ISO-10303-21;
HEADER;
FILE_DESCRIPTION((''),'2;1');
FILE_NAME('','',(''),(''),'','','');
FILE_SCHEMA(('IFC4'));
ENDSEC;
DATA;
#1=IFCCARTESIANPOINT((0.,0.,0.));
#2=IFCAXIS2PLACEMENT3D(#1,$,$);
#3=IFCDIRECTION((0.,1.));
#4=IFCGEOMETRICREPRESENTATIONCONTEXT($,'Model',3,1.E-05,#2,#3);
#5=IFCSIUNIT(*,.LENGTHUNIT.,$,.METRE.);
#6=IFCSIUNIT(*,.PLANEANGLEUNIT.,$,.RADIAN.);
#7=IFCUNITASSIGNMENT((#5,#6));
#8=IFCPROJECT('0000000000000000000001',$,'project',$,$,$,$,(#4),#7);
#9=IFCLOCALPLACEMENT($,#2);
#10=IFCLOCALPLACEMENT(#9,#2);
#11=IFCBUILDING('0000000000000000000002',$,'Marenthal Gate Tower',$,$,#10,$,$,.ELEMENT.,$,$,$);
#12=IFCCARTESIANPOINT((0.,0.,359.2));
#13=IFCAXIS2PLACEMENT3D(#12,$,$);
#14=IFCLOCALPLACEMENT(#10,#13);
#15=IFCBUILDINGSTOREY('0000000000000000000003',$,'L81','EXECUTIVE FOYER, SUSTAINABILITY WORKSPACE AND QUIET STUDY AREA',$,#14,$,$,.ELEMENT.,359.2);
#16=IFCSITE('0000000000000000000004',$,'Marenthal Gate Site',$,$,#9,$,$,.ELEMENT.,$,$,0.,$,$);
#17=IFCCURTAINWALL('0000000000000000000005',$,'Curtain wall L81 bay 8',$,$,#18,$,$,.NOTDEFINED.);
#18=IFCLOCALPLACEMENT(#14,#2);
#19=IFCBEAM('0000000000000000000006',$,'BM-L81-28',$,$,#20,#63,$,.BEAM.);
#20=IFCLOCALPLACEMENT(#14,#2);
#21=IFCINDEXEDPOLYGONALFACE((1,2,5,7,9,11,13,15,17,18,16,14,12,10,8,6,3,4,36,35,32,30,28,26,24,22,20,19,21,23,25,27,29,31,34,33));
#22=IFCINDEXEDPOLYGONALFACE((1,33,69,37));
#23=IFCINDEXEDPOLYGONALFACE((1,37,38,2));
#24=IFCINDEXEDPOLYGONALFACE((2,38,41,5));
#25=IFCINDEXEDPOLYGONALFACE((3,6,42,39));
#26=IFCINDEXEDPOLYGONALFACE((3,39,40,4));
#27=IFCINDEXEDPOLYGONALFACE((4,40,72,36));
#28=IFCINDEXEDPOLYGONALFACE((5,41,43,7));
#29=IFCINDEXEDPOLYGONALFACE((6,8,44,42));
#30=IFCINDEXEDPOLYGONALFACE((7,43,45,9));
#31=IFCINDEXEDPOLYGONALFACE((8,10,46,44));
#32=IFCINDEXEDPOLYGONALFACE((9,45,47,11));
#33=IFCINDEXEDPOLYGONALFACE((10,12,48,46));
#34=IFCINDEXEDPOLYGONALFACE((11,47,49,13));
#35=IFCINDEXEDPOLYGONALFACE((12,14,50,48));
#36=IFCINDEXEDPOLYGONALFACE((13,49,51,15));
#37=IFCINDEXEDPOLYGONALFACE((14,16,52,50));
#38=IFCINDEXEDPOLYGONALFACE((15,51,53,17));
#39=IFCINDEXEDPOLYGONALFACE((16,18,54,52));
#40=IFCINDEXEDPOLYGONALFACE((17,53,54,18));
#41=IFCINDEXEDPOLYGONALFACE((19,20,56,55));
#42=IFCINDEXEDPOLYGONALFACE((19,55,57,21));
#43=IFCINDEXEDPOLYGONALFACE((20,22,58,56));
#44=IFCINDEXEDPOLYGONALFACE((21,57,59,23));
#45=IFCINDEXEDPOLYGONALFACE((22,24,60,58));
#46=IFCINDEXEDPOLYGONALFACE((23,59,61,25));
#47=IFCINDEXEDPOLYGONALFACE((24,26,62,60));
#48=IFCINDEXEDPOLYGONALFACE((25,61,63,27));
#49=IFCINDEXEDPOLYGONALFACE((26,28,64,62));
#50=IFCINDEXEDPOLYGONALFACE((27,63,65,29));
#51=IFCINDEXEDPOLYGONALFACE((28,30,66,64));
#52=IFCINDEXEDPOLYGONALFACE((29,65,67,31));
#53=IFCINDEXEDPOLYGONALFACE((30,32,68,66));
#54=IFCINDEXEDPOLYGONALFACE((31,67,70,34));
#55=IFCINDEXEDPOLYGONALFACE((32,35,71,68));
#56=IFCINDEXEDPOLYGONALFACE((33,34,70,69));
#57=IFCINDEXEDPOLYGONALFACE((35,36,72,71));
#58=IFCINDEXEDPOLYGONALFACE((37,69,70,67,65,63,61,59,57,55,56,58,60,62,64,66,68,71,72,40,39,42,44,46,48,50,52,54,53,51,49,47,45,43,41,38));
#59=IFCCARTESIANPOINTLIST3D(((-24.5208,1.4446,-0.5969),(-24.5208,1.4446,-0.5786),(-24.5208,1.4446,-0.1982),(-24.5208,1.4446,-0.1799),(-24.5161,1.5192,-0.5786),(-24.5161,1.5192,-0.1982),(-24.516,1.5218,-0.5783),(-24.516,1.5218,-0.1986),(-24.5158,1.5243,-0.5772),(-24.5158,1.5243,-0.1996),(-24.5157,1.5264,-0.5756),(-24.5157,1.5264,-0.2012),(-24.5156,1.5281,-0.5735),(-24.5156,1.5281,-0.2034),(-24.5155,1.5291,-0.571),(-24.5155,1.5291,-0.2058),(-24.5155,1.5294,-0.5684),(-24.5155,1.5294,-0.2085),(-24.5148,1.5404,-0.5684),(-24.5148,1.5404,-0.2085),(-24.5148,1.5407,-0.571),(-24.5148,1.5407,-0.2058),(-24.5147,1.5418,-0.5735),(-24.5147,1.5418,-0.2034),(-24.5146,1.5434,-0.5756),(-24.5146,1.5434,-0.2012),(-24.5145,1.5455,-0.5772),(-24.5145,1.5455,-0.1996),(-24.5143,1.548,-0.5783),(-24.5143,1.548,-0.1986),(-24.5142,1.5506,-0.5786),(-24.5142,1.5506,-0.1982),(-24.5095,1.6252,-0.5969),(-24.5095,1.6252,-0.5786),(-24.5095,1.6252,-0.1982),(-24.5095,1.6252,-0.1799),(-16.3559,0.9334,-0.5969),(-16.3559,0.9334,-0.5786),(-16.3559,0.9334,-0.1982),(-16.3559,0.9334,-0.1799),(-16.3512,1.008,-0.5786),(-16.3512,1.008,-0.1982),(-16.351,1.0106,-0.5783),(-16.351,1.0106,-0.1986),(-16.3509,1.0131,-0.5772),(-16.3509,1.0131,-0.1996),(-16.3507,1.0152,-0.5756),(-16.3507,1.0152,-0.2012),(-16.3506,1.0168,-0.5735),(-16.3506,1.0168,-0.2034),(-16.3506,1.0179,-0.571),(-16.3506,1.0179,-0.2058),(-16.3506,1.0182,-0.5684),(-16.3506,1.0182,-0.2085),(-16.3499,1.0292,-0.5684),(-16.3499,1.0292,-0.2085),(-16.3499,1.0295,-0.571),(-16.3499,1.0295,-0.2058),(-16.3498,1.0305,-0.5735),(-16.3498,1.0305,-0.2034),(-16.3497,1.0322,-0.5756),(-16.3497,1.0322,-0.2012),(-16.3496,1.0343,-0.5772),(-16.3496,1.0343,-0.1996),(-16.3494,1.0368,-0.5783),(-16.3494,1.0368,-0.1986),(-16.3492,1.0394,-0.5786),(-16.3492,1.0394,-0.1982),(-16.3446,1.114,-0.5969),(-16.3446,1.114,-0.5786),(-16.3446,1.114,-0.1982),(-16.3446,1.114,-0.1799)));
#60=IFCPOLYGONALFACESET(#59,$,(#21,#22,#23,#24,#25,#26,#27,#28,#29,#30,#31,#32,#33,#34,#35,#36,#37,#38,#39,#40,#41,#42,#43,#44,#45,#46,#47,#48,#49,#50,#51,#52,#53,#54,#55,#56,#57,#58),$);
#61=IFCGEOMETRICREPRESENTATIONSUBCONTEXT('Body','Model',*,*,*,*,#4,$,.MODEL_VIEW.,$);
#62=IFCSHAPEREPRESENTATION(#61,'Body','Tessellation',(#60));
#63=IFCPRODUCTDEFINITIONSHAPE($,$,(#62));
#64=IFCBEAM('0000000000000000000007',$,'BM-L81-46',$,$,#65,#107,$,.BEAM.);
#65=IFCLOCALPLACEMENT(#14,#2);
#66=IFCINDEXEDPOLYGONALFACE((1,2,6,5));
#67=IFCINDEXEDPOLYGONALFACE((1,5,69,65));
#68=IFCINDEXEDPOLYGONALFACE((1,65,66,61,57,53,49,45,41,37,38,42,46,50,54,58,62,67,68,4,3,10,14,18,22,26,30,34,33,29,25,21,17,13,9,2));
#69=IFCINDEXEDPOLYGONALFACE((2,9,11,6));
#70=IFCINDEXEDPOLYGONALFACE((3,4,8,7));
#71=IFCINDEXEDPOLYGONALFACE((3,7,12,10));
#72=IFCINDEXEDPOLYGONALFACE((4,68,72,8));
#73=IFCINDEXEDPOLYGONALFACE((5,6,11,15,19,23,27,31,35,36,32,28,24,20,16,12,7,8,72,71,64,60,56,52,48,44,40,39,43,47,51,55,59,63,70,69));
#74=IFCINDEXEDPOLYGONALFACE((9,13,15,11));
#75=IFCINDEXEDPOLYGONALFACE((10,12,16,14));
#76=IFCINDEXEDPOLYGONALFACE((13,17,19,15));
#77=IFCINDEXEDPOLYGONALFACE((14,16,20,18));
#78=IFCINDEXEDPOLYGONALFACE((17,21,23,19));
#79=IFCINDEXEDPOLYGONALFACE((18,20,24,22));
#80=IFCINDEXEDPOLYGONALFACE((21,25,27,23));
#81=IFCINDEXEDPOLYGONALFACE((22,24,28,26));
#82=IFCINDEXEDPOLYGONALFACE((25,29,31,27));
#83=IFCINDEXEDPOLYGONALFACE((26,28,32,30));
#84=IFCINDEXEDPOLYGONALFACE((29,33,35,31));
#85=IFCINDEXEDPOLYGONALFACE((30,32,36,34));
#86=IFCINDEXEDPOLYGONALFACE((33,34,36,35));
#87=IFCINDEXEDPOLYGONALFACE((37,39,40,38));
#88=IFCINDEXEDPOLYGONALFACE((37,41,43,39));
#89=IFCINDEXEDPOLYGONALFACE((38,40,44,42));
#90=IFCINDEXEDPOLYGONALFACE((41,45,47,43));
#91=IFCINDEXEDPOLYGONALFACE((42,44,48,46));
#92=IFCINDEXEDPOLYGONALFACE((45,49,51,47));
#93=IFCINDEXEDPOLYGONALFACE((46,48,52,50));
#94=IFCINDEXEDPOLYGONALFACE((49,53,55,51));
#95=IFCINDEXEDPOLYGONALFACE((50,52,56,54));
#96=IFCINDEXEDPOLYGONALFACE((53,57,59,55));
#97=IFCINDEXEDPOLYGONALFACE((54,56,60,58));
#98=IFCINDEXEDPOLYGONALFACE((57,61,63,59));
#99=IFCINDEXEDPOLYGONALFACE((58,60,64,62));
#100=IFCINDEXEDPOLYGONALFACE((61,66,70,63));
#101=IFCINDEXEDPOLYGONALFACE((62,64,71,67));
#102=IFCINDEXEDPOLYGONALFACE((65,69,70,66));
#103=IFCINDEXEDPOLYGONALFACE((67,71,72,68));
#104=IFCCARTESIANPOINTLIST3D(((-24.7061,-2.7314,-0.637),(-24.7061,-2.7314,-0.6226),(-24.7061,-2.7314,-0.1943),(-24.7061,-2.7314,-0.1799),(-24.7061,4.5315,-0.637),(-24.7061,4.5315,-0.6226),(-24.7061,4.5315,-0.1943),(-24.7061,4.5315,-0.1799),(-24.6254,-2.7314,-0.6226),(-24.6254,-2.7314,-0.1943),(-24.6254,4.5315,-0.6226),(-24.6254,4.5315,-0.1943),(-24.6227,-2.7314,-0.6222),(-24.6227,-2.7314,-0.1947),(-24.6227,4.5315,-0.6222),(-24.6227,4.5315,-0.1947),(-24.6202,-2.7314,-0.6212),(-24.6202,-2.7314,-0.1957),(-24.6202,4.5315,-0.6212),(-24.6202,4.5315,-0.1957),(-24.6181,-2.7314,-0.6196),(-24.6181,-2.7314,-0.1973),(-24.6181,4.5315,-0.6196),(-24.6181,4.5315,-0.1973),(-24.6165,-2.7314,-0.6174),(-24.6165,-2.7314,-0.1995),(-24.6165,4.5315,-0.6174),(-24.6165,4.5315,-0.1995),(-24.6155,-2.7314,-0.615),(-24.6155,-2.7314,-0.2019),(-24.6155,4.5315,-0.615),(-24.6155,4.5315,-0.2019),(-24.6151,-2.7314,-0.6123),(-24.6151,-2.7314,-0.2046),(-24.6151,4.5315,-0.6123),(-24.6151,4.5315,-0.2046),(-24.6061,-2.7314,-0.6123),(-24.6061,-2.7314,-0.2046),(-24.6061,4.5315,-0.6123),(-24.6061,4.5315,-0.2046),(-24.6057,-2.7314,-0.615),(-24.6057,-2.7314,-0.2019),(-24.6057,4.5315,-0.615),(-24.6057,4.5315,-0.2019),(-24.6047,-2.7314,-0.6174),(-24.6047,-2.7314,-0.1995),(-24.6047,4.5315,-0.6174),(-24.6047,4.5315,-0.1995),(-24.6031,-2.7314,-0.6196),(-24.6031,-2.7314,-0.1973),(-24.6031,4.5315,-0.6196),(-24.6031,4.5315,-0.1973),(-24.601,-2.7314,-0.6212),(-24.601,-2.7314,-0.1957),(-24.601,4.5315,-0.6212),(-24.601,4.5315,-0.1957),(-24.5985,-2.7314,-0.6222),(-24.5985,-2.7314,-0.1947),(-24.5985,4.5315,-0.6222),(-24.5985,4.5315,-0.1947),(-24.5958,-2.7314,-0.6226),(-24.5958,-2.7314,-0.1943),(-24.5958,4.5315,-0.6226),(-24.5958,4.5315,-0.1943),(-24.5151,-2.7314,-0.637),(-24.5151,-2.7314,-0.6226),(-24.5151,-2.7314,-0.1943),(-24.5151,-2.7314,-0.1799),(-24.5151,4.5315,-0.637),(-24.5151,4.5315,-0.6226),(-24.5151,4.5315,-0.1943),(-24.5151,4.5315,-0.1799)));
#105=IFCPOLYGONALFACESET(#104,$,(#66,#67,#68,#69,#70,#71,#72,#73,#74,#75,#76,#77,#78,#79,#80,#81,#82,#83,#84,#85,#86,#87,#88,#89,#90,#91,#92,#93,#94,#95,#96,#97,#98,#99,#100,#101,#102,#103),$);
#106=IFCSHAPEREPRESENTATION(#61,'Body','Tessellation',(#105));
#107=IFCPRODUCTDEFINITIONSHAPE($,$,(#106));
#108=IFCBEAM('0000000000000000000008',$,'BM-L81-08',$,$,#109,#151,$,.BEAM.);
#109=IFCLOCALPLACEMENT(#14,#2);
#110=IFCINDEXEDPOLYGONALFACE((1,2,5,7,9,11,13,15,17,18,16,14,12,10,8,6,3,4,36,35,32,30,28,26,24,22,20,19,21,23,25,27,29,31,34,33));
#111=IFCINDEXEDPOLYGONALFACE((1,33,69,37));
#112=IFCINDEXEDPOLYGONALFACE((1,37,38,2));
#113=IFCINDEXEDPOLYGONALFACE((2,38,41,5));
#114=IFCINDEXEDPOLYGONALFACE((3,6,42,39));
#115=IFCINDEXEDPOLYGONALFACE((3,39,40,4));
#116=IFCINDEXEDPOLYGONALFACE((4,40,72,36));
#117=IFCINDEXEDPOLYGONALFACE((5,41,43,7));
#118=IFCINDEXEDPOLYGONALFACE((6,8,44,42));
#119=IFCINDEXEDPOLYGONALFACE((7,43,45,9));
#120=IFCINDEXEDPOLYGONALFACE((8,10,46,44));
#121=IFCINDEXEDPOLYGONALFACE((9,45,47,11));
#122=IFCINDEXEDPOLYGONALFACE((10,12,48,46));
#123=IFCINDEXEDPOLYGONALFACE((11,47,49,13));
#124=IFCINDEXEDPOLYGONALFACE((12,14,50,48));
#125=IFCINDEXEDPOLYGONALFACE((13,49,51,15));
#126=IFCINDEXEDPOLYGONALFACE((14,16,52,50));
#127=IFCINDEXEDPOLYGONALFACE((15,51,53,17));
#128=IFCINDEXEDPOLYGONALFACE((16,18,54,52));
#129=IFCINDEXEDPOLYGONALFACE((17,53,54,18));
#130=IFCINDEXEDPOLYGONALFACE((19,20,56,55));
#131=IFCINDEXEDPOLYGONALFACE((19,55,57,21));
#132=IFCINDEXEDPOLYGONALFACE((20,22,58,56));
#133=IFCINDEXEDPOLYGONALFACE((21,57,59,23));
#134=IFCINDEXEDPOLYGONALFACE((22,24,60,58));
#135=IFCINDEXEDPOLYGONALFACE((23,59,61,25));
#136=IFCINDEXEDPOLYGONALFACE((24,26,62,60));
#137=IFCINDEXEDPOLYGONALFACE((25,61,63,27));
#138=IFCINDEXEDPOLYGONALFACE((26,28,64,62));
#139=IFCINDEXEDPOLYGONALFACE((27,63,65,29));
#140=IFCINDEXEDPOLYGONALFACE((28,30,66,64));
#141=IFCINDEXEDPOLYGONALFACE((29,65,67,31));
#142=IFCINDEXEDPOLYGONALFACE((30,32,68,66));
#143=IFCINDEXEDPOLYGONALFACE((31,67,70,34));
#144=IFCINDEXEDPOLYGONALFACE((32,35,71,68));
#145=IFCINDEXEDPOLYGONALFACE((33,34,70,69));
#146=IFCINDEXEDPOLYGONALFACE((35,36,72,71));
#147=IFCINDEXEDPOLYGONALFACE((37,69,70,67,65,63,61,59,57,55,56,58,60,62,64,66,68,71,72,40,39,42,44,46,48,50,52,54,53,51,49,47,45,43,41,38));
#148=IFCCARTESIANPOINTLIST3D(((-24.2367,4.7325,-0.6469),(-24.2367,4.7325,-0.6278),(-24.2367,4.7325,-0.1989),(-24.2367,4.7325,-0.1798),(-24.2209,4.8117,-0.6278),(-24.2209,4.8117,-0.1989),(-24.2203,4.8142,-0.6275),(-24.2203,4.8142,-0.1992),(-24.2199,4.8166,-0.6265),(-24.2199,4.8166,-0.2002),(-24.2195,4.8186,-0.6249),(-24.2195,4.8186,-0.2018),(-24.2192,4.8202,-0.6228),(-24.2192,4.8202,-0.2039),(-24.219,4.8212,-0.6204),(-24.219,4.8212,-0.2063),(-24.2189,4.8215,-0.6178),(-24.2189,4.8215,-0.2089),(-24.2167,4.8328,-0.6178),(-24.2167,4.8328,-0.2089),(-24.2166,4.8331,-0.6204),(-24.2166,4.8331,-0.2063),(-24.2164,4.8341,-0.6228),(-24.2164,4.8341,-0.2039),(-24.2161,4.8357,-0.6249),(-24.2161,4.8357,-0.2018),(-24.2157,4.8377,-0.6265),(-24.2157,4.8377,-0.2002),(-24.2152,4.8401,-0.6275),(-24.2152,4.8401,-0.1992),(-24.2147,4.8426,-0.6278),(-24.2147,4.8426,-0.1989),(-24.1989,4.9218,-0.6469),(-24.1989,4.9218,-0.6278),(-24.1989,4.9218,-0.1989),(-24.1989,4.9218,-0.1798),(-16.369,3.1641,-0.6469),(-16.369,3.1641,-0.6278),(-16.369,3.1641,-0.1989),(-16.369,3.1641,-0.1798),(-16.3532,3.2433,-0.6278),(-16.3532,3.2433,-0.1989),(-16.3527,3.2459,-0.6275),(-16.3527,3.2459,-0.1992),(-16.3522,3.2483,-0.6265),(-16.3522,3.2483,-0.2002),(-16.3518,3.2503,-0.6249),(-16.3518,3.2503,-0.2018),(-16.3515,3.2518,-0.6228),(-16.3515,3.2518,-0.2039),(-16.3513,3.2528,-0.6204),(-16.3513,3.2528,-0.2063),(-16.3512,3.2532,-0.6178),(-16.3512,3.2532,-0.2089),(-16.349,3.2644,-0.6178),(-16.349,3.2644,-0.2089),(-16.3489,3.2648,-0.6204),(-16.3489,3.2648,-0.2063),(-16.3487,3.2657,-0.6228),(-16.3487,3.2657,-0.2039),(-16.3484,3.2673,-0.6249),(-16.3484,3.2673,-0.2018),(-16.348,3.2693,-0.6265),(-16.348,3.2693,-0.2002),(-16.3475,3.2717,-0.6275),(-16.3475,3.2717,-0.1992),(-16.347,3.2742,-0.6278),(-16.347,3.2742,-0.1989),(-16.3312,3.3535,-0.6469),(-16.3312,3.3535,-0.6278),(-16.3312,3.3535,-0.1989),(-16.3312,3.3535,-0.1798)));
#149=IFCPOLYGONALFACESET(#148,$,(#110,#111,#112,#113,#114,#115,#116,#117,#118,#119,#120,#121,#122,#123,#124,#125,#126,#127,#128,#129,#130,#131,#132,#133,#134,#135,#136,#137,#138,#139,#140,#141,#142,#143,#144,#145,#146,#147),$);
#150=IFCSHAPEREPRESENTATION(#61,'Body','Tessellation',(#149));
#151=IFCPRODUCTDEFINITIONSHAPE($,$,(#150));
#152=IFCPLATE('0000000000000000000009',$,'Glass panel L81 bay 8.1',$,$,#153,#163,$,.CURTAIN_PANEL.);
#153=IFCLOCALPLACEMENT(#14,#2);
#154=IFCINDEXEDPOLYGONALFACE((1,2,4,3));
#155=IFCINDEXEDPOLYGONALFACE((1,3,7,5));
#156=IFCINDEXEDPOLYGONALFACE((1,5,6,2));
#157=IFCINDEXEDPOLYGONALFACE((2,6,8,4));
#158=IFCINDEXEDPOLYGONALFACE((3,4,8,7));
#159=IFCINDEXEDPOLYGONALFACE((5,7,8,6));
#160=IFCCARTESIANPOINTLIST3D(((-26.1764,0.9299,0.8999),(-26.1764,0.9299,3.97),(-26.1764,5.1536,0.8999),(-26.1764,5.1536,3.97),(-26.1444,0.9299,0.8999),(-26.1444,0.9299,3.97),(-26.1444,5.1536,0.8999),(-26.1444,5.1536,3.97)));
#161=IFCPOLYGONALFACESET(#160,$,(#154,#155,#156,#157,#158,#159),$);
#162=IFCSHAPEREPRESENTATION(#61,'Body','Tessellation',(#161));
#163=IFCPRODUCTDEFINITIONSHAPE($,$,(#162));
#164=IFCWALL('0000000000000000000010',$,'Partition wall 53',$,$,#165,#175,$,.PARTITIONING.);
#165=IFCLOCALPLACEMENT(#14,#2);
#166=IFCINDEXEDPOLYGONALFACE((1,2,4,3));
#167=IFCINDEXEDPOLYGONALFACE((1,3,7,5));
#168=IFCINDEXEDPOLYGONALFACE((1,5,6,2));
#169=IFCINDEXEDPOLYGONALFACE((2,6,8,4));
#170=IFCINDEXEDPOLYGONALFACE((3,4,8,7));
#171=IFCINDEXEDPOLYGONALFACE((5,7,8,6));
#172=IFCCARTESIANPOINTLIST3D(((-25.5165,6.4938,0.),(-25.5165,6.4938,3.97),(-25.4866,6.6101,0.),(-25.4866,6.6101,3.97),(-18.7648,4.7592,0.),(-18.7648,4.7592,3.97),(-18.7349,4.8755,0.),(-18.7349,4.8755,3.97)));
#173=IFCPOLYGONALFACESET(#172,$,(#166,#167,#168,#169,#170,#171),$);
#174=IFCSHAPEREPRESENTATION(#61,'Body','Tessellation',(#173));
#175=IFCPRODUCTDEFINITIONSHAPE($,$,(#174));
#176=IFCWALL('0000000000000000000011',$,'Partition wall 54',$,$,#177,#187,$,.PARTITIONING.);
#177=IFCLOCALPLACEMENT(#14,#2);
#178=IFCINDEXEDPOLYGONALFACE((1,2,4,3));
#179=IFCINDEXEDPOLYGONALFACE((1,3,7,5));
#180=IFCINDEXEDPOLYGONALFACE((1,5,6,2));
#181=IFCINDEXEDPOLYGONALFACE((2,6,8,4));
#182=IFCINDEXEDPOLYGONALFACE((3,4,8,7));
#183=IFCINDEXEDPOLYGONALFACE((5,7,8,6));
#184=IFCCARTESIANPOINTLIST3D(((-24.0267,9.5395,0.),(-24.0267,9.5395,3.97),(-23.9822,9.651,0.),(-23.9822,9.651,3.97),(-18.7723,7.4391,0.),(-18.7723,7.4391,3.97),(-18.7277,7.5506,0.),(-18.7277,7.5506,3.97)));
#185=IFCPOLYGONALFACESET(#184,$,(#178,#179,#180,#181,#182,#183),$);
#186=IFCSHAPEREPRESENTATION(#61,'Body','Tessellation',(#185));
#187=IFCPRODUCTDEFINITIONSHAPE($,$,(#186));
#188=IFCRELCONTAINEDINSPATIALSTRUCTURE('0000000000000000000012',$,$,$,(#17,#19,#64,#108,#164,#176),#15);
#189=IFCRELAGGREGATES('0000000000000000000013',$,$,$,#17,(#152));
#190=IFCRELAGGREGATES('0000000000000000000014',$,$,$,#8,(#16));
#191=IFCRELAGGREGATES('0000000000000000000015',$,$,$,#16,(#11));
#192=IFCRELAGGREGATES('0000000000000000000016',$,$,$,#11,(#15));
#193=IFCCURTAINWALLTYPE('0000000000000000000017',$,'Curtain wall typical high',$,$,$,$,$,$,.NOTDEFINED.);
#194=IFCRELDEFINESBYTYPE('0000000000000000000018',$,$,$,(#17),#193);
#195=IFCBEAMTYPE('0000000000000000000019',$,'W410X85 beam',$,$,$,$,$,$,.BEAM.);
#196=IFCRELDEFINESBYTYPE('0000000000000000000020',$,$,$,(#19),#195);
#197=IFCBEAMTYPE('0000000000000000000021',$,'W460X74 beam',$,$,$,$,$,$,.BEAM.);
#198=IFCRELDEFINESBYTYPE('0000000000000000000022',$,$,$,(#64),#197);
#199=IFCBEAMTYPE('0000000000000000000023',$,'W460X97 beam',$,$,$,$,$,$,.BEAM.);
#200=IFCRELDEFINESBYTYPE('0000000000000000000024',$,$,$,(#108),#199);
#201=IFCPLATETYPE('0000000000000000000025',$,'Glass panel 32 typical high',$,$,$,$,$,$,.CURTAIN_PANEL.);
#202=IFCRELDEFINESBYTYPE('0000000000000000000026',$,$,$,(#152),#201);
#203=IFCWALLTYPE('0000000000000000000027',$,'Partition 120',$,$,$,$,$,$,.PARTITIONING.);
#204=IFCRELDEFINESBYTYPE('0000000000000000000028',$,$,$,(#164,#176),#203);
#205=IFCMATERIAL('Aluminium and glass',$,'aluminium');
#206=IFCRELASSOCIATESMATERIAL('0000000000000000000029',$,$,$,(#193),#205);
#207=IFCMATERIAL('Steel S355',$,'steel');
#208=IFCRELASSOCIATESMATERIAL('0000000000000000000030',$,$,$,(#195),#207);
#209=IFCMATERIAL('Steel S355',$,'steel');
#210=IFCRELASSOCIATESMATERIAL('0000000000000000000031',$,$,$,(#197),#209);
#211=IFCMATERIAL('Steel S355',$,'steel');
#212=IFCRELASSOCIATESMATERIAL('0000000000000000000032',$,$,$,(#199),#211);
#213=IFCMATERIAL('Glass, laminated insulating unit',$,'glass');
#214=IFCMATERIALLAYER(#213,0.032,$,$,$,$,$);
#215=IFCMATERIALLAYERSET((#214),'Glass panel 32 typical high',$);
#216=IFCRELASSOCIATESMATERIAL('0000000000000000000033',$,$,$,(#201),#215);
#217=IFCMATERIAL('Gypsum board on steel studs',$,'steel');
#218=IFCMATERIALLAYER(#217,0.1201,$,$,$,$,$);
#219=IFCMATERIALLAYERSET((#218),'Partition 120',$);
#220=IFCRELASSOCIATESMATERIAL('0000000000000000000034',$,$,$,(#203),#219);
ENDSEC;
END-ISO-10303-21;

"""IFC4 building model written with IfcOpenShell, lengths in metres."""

from ifc_helpers import new_model, si_unit, direction, frame, frame_2d, origin, origin_2d, place, context, subcontext, project, spatial, rectangle, i_section, extrude, material, layer, layer_set, material_profile, profile_set, type_object, element, aggregate, save


model = new_model("IFC4")

# Units and contexts
model_context = context("Model", 3, precision=1e-05, world=origin(), true_north=direction((0.0, 1.0)))
body_context = subcontext(model_context, "Body", "Model", "MODEL_VIEW")
ifc_project = project(units=[si_unit("LENGTHUNIT", "METRE"), si_unit("PLANEANGLEUNIT", "RADIAN")], contexts=[model_context])

# Site, building, storey
site_placement = place(None, origin())
site = spatial("IfcSite", under=ifc_project, at=site_placement, Name="Marenthal Gate Site", CompositionType="ELEMENT", RefElevation=0.0)
building_placement = place(site_placement, origin())
building = spatial("IfcBuilding", under=site, at=building_placement, Name="Marenthal Gate Tower", CompositionType="ELEMENT")
storey_placement = place(building_placement, frame((0.0, 0.0, 359.2)))
storey = spatial("IfcBuildingStorey", under=building, at=storey_placement, Name="L81", Description="EXECUTIVE FOYER, SUSTAINABILITY WORKSPACE AND QUIET STUDY AREA", CompositionType="ELEMENT", Elevation=359.2)

# Curtain wall
ifc_material_1 = material(Name="Aluminium and glass", Category="aluminium")
curtain_wall_type = type_object("IfcCurtainWallType", Name="Curtain wall typical high", PredefinedType="NOTDEFINED", material=ifc_material_1)
curtain_wall_placement = place(storey_placement, origin())
curtain_wall = element("IfcCurtainWall", 1, at=curtain_wall_placement, inside=storey, type_object=curtain_wall_type, Name="Curtain wall L81 bay 8", PredefinedType="NOTDEFINED")

# Beams
ifc_material_2 = material(Name="Steel S355", Category="steel")
ifc_material_profile_1 = material_profile(ifc_material_2, i_section(OverallWidth=0.1809, OverallDepth=0.417, WebThickness=0.011, FlangeThickness=0.0183, FilletRadius=0.0103, at=origin_2d()), Name="W410X85")
ifc_profile_set_1 = profile_set([ifc_material_profile_1], Name="Steel S355")
beam_type_1 = type_object("IfcBeamType", Name="W410X85 beam", PredefinedType="BEAM", material=ifc_profile_set_1)
beam_1_placement = place(storey_placement, frame((-24.5151, 1.5349, -0.3884), z_axis=(0.998046, -0.06249, 0.0), x_axis=(0.06249, 0.998046, 0.0)))
element("IfcBeam", 2, at=beam_1_placement, inside=storey, type_object=beam_type_1, Name="BM-L81-28", PredefinedType="BEAM", context=body_context, shape_type="SweptSolid", body=[
    extrude(i_section(OverallWidth=0.1809, OverallDepth=0.417, WebThickness=0.011, FlangeThickness=0.0183, FilletRadius=0.0103, at=origin_2d()), origin(), (0.0, 0.0, 1.0), 8.1809),
])
ifc_material_3 = material(Name="Steel S355", Category="steel")
ifc_material_profile_2 = material_profile(ifc_material_3, i_section(OverallWidth=0.1909, OverallDepth=0.457, WebThickness=0.009, FlangeThickness=0.0144, FilletRadius=0.0103, at=origin_2d()), Name="W460X74")
ifc_profile_set_2 = profile_set([ifc_material_profile_2], Name="Steel S355")
beam_type_2 = type_object("IfcBeamType", Name="W460X74 beam", PredefinedType="BEAM", material=ifc_profile_set_2)
beam_2_placement = place(storey_placement, frame((-24.6106, 4.5315, -0.4084), z_axis=(0.0, -1.0, 0.0), x_axis=(1.0, 0.0, 0.0)))
element("IfcBeam", 3, at=beam_2_placement, inside=storey, type_object=beam_type_2, Name="BM-L81-46", PredefinedType="BEAM", context=body_context, shape_type="SweptSolid", body=[
    extrude(i_section(OverallWidth=0.1909, OverallDepth=0.457, WebThickness=0.009, FlangeThickness=0.0144, FilletRadius=0.0103, at=origin_2d()), origin(), (0.0, 0.0, 1.0), 7.2629),
])
ifc_material_4 = material(Name="Steel S355", Category="steel")
ifc_material_profile_3 = material_profile(ifc_material_4, i_section(OverallWidth=0.1931, OverallDepth=0.467, WebThickness=0.0115, FlangeThickness=0.019, FilletRadius=0.01, at=origin_2d()), Name="W460X97")
ifc_profile_set_3 = profile_set([ifc_material_profile_3], Name="Steel S355")
beam_type_3 = type_object("IfcBeamType", Name="W460X97 beam", PredefinedType="BEAM", material=ifc_profile_set_3)
beam_3_placement = place(storey_placement, frame((-24.2178, 4.8271, -0.4133), z_axis=(0.980705, -0.195496, 0.0), x_axis=(0.195496, 0.980705, 0.0)))
element("IfcBeam", 4, at=beam_3_placement, inside=storey, type_object=beam_type_3, Name="BM-L81-08", PredefinedType="BEAM", context=body_context, shape_type="SweptSolid", body=[
    extrude(i_section(OverallWidth=0.1931, OverallDepth=0.467, WebThickness=0.0115, FlangeThickness=0.019, FilletRadius=0.01, at=origin_2d()), origin(), (0.0, 0.0, 1.0), 8.0225),
])

# Plate
ifc_material_5 = material(Name="Glass, laminated insulating unit", Category="glass")
ifc_layer_1 = layer(ifc_material_5, 0.032)
ifc_layer_set_1 = layer_set([ifc_layer_1], Name="Glass panel 32 typical high")
plate_type = type_object("IfcPlateType", Name="Glass panel 32 typical high", PredefinedType="CURTAIN_PANEL", material=ifc_layer_set_1)
plate_placement = place(storey_placement, frame((-26.1604, 3.0417, 0.8999), z_axis=(0.0, 0.0, 1.0), x_axis=(0.0, -1.0, 0.0)))
plate = element("IfcPlate", 5, at=plate_placement, type_object=plate_type, Name="Glass panel L81 bay 8.1", PredefinedType="CURTAIN_PANEL", context=body_context, shape_type="SweptSolid", body=[
    extrude(rectangle(XDim=4.2236, YDim=0.032, at=origin_2d()), origin(), (0.0, 0.0, 1.0), 3.0701),
])
aggregate(curtain_wall, [plate])

# Walls
ifc_material_6 = material(Name="Gypsum board on steel studs", Category="steel")
ifc_layer_2 = layer(ifc_material_6, 0.1201)
ifc_layer_set_2 = layer_set([ifc_layer_2], Name="Partition 120")
wall_type_1 = type_object("IfcWallType", Name="Partition 120", PredefinedType="PARTITIONING", material=ifc_layer_set_2)
wall_1_placement = place(storey_placement, frame((-18.75, 4.8174, 0.0), z_axis=(0.0, 0.0, 1.0), x_axis=(-0.968546, 0.248835, 0.0)))
element("IfcWall", 6, at=wall_1_placement, inside=storey, type_object=wall_type_1, Name="Partition wall 53", PredefinedType="PARTITIONING", context=body_context, shape_type="SweptSolid", body=[
    extrude(rectangle(XDim=6.9709, YDim=0.1201, at=frame_2d((3.4854, 0.0))), origin(), (0.0, 0.0, 1.0), 3.97),
])
wall_2_placement = place(storey_placement, frame((-18.75, 7.4949, 0.0), z_axis=(0.0, 0.0, 1.0), x_axis=(-0.928563, 0.371175, 0.0)))
element("IfcWall", 7, at=wall_2_placement, inside=storey, type_object=wall_type_1, Name="Partition wall 54", PredefinedType="PARTITIONING", context=body_context, shape_type="SweptSolid", body=[
    extrude(rectangle(XDim=5.6587, YDim=0.1201, at=frame_2d((2.8293, 0.0))), origin(), (0.0, 0.0, 1.0), 3.97),
])

save(model, "model.ifc")
